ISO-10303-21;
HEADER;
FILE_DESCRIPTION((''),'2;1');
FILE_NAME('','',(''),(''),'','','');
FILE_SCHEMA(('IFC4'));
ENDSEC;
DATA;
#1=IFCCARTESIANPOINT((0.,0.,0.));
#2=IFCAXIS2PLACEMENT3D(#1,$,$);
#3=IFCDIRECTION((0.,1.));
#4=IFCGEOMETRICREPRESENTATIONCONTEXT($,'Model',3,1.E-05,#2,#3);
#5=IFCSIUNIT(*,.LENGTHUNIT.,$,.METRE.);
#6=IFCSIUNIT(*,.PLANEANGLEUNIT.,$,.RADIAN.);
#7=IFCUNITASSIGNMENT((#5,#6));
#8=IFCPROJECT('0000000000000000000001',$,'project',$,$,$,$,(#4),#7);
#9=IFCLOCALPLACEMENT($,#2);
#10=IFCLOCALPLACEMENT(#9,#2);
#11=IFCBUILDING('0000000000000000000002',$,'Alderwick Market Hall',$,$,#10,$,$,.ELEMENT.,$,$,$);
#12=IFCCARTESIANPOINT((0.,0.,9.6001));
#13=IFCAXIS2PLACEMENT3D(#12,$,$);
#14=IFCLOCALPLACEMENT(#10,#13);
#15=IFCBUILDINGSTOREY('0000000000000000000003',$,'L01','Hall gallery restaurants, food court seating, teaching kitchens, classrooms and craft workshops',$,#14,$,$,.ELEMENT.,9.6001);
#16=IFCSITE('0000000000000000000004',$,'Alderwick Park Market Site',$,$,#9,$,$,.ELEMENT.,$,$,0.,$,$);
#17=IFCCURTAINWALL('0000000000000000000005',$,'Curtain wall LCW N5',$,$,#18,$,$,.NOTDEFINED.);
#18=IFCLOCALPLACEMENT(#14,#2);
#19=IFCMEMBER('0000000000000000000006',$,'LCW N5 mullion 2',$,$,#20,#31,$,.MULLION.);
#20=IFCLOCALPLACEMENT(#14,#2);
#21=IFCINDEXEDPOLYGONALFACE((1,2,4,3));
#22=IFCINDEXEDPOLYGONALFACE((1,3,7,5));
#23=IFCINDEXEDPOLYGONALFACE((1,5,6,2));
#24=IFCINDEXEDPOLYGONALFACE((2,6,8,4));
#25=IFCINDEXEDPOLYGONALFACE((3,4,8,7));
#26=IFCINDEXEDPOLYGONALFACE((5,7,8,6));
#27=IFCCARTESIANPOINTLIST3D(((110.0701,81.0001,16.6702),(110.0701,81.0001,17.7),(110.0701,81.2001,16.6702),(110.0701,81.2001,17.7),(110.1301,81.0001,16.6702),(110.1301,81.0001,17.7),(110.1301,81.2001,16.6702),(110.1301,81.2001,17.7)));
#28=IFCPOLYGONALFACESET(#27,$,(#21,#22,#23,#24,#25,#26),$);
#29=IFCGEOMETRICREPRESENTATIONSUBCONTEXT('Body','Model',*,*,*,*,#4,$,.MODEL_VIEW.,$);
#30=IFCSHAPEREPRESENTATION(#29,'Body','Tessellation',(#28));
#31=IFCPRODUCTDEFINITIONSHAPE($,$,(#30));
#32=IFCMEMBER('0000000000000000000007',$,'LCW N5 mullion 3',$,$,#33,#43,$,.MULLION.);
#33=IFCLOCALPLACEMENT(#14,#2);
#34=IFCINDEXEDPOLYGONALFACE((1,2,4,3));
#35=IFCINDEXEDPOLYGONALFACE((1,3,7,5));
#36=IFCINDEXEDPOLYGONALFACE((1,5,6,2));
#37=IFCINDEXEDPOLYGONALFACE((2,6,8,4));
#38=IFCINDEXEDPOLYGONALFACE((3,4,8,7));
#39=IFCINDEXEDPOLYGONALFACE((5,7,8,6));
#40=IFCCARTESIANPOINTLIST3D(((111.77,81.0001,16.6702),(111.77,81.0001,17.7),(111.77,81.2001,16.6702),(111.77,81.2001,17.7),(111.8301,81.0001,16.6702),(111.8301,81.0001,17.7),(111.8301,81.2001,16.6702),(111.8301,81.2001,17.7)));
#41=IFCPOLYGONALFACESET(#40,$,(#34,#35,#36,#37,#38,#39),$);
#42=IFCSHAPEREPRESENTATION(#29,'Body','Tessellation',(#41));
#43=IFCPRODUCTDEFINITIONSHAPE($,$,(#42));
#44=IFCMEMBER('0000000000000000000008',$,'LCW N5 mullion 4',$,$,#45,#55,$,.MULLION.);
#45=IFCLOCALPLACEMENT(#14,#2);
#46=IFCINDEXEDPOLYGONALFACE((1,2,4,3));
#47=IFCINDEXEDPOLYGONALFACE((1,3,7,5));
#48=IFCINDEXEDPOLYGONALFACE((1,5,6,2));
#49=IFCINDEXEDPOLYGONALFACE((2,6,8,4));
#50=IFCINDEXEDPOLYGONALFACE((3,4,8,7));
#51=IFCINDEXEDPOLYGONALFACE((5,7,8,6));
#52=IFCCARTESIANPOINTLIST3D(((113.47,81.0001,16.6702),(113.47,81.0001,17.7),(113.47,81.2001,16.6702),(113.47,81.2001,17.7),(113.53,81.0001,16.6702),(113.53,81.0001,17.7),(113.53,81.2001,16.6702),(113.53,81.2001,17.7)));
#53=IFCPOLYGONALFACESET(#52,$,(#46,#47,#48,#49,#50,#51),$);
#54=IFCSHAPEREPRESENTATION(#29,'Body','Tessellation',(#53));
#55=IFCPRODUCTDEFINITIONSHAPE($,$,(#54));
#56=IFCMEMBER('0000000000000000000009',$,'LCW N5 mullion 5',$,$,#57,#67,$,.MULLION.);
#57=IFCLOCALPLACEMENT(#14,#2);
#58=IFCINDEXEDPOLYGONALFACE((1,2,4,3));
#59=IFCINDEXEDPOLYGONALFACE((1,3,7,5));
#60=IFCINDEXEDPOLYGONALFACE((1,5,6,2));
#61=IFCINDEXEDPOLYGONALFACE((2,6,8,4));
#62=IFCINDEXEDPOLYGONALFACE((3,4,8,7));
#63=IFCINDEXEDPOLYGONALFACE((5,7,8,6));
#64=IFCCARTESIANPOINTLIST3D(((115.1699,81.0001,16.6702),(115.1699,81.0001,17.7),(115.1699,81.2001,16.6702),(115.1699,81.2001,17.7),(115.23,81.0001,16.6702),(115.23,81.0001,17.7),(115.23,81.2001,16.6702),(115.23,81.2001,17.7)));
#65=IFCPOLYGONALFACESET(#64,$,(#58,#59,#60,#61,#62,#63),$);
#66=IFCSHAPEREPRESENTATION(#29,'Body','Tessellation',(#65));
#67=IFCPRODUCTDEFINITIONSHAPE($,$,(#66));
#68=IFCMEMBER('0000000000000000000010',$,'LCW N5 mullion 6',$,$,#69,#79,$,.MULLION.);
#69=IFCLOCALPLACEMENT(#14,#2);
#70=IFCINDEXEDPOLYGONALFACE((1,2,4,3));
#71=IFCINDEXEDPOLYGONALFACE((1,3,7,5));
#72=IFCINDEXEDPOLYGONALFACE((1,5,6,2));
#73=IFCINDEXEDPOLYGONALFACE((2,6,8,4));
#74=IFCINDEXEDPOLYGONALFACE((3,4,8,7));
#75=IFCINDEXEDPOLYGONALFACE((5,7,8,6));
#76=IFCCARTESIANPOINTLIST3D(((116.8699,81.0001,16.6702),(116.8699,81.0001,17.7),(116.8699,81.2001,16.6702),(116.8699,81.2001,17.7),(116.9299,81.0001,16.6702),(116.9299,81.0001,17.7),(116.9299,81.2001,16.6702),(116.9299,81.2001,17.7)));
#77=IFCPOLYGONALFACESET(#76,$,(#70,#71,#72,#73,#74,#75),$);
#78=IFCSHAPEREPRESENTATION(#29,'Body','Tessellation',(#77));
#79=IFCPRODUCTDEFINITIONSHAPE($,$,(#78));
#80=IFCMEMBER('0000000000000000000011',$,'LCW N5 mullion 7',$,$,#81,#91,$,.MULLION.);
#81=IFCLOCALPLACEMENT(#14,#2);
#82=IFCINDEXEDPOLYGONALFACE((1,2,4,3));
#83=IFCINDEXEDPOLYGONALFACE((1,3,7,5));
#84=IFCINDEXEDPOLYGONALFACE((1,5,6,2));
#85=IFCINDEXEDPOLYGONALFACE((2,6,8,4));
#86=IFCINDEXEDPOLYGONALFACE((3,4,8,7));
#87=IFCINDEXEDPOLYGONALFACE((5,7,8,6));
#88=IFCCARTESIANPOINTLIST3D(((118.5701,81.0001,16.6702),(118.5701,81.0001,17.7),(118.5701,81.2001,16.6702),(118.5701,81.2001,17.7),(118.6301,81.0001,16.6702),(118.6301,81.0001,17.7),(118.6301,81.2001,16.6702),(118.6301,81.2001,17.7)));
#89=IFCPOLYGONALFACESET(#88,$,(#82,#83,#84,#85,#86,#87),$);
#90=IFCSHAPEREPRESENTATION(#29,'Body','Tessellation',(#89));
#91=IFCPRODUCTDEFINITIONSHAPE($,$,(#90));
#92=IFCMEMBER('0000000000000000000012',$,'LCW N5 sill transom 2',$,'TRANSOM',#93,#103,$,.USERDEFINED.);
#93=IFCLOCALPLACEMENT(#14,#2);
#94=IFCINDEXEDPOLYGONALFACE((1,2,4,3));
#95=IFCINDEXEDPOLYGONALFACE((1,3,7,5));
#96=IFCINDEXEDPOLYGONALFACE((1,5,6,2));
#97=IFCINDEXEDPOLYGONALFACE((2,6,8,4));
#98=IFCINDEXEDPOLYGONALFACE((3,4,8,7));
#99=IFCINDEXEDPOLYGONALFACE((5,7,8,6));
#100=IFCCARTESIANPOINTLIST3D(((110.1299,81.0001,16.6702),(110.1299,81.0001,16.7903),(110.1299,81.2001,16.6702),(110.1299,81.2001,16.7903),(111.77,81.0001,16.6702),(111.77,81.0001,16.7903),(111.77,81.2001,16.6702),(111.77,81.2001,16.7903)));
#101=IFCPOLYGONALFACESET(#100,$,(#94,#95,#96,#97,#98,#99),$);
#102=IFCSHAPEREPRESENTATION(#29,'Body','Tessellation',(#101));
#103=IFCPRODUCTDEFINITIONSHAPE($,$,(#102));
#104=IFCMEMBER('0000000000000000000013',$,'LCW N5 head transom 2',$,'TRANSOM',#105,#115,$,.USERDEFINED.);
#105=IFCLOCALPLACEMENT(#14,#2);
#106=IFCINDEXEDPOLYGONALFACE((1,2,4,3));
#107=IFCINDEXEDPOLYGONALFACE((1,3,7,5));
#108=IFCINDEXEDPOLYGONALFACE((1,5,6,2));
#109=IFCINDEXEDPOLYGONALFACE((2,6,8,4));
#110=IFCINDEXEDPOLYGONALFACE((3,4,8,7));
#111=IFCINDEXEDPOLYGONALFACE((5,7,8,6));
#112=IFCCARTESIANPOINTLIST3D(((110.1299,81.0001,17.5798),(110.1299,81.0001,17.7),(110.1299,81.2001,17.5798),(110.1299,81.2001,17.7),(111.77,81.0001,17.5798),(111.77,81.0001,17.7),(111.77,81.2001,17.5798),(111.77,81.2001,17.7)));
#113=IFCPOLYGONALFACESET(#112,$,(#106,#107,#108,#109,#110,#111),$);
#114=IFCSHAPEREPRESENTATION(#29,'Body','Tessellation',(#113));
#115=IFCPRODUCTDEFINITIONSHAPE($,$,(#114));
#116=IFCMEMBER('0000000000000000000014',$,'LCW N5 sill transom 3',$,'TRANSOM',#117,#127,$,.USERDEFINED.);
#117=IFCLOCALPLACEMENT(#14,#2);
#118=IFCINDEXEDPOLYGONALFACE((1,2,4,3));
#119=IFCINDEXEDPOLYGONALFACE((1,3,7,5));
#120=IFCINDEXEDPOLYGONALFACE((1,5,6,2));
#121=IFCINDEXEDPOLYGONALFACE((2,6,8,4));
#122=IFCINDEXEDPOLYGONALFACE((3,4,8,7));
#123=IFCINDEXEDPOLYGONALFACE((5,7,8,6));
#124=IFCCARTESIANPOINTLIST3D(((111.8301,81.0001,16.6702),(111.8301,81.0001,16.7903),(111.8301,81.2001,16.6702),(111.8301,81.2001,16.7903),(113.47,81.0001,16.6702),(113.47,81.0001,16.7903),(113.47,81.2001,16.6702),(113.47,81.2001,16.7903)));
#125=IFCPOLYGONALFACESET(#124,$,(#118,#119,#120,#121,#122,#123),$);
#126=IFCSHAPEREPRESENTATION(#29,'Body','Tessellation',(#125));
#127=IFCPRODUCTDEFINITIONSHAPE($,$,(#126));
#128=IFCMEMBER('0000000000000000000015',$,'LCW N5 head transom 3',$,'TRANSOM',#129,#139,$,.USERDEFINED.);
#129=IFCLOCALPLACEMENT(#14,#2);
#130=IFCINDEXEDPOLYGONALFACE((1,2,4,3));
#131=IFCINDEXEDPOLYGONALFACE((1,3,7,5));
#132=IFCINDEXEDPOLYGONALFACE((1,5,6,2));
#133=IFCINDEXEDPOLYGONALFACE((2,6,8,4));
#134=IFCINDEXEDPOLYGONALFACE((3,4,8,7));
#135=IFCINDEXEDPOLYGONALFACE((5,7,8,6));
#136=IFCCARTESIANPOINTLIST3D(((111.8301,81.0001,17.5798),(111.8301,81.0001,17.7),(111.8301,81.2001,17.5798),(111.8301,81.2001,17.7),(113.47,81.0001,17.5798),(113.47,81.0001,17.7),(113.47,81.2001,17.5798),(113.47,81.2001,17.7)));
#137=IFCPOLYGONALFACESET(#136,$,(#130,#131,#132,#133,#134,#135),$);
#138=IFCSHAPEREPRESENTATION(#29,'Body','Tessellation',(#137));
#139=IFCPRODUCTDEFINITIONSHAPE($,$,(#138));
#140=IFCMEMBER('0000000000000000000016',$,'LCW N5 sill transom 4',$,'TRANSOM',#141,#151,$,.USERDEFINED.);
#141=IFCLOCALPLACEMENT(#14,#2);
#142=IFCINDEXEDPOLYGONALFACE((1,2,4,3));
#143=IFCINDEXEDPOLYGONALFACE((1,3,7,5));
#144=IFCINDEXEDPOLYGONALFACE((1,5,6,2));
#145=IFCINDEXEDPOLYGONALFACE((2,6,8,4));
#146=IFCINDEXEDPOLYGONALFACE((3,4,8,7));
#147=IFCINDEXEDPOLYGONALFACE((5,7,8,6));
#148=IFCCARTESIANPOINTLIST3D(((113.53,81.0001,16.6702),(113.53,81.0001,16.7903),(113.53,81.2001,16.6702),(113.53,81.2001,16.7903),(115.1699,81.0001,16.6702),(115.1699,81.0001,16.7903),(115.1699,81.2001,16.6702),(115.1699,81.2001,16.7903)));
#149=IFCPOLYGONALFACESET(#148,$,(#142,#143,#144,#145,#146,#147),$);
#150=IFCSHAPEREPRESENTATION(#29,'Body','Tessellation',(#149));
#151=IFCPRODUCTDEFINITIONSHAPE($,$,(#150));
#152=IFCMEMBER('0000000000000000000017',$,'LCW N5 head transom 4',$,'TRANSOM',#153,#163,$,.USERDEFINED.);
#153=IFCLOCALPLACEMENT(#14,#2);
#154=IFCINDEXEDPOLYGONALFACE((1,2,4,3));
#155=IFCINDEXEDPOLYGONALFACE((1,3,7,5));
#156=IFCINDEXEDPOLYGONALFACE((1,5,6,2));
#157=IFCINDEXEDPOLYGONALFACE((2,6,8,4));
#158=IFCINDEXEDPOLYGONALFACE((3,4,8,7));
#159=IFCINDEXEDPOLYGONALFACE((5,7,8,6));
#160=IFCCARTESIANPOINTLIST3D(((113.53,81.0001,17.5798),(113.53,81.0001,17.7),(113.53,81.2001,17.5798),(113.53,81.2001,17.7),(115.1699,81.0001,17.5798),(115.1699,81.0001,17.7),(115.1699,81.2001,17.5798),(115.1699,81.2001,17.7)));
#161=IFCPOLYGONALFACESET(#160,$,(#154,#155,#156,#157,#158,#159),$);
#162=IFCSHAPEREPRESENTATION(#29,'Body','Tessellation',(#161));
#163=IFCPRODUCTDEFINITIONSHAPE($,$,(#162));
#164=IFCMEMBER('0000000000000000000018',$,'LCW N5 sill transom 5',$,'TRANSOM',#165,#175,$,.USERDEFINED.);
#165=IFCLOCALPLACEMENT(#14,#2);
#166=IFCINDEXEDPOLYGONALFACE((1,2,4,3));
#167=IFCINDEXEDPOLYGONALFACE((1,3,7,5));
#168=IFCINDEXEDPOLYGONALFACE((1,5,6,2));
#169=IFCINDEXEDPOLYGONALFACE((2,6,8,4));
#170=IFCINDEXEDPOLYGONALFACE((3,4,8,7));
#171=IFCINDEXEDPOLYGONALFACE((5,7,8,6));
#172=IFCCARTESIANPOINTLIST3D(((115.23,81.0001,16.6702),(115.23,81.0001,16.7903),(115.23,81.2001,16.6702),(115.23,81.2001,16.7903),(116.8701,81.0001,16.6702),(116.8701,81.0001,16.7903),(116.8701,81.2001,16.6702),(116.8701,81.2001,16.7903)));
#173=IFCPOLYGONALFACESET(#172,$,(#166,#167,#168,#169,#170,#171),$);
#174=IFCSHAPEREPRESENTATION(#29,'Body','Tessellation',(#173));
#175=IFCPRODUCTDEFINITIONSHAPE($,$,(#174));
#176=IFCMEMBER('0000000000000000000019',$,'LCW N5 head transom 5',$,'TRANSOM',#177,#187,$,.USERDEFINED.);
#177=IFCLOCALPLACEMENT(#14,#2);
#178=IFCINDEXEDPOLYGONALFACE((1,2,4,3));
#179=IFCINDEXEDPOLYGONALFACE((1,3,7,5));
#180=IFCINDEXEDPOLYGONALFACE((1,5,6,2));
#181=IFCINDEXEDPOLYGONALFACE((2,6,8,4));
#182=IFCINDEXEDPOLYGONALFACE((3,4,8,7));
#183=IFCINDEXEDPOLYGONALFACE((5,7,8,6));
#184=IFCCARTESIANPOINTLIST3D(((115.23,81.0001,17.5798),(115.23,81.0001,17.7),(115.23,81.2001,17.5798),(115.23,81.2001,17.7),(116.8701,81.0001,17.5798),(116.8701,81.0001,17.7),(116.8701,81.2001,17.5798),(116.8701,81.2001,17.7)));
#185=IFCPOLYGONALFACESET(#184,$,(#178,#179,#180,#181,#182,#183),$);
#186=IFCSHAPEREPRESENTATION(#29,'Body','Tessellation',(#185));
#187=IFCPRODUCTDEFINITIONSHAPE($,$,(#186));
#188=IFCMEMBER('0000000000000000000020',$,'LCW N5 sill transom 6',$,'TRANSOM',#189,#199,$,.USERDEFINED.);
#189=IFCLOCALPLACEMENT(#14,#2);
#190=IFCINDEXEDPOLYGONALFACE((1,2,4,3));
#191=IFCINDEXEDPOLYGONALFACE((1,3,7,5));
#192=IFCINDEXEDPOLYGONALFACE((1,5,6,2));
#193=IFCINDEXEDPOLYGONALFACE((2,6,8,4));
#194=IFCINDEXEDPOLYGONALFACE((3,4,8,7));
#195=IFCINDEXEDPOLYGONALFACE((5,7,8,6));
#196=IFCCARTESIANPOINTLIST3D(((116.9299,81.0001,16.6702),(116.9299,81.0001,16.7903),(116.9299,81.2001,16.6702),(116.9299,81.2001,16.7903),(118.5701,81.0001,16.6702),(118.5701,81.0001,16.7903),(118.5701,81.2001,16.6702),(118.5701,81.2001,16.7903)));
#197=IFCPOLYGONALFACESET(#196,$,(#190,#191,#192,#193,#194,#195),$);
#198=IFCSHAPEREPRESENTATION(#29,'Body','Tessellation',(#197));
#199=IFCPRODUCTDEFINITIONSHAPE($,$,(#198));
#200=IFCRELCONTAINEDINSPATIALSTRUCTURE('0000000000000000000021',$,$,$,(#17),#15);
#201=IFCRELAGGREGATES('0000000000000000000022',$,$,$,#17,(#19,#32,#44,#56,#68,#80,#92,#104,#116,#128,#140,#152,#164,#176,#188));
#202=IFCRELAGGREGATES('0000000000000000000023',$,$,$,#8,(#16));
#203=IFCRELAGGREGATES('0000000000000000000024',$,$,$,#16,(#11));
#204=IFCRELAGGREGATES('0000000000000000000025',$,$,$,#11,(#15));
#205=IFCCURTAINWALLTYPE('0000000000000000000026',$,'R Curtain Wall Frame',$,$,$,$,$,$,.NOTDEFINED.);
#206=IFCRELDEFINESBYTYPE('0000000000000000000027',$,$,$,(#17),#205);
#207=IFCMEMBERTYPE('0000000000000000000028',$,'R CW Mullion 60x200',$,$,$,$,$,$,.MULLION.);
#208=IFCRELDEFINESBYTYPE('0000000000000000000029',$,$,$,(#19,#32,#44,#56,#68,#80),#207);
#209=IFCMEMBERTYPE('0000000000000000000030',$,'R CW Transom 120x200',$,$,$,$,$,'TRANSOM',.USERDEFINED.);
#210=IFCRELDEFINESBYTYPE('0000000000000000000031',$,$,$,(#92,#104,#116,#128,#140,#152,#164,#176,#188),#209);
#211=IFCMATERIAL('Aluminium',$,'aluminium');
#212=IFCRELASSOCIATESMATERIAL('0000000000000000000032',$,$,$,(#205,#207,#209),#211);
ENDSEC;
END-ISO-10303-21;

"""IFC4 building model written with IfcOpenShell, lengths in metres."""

from ifc_helpers import new_model, si_unit, direction, frame, origin, origin_2d, place, context, subcontext, project, spatial, rectangle, extrude, material, material_profile, profile_set, type_object, element, aggregate, save


model = new_model("IFC4")

# Units and contexts
model_context = context("Model", 3, precision=1e-05, world=origin(), true_north=direction((0.0, 1.0)))
body_context = subcontext(model_context, "Body", "Model", "MODEL_VIEW")
ifc_project = project(units=[si_unit("LENGTHUNIT", "METRE"), si_unit("PLANEANGLEUNIT", "RADIAN")], contexts=[model_context])

# Site, building, storey
site_placement = place(None, origin())
site = spatial("IfcSite", under=ifc_project, at=site_placement, Name="Alderwick Park Market Site", CompositionType="ELEMENT", RefElevation=0.0)
building_placement = place(site_placement, origin())
building = spatial("IfcBuilding", under=site, at=building_placement, Name="Alderwick Market Hall", CompositionType="ELEMENT")
storey_placement = place(building_placement, frame((0.0, 0.0, 9.6001)))
storey = spatial("IfcBuildingStorey", under=building, at=storey_placement, Name="L01", Description="Hall gallery restaurants, food court seating, teaching kitchens, classrooms and craft workshops", CompositionType="ELEMENT", Elevation=9.6001)

# Curtain wall, members
ifc_material_1 = material(Name="Aluminium", Category="aluminium")
curtain_wall_type = type_object("IfcCurtainWallType", Name="R Curtain Wall Frame", PredefinedType="NOTDEFINED", material=ifc_material_1)
curtain_wall_placement = place(storey_placement, origin())
curtain_wall = element("IfcCurtainWall", 1, at=curtain_wall_placement, inside=storey, type_object=curtain_wall_type, Name="Curtain wall LCW N5", PredefinedType="NOTDEFINED")
ifc_material_profile_1 = material_profile(ifc_material_1, rectangle(XDim=0.2, YDim=0.0601, at=origin_2d()), Name="AL 60x200")
ifc_profile_set_1 = profile_set([ifc_material_profile_1], Name="Aluminium")
member_type_1 = type_object("IfcMemberType", Name="R CW Mullion 60x200", PredefinedType="MULLION", material=ifc_profile_set_1)
member_1_placement = place(storey_placement, frame((110.1001, 81.1001, 16.6702), z_axis=(0.0, 0.0, 1.0), x_axis=(0.0, 1.0, 0.0)))
member_1 = element("IfcMember", 2, at=member_1_placement, type_object=member_type_1, Name="LCW N5 mullion 2", PredefinedType="MULLION", context=body_context, shape_type="SweptSolid", body=[
    extrude(rectangle(XDim=0.2, YDim=0.0601, at=origin_2d()), origin(), (0.0, 0.0, 1.0), 1.0298),
])
member_2_placement = place(storey_placement, frame((111.8, 81.1001, 16.6702), z_axis=(0.0, 0.0, 1.0), x_axis=(0.0, 1.0, 0.0)))
member_2 = element("IfcMember", 3, at=member_2_placement, type_object=member_type_1, Name="LCW N5 mullion 3", PredefinedType="MULLION", context=body_context, shape_type="SweptSolid", body=[
    extrude(rectangle(XDim=0.2, YDim=0.0601, at=origin_2d()), origin(), (0.0, 0.0, 1.0), 1.0298),
])
member_3_placement = place(storey_placement, frame((113.5, 81.1001, 16.6702), z_axis=(0.0, 0.0, 1.0), x_axis=(0.0, 1.0, 0.0)))
member_3 = element("IfcMember", 4, at=member_3_placement, type_object=member_type_1, Name="LCW N5 mullion 4", PredefinedType="MULLION", context=body_context, shape_type="SweptSolid", body=[
    extrude(rectangle(XDim=0.2, YDim=0.0601, at=origin_2d()), origin(), (0.0, 0.0, 1.0), 1.0298),
])
member_4_placement = place(storey_placement, frame((115.2, 81.1001, 16.6702), z_axis=(0.0, 0.0, 1.0), x_axis=(0.0, 1.0, 0.0)))
member_4 = element("IfcMember", 5, at=member_4_placement, type_object=member_type_1, Name="LCW N5 mullion 5", PredefinedType="MULLION", context=body_context, shape_type="SweptSolid", body=[
    extrude(rectangle(XDim=0.2, YDim=0.0601, at=origin_2d()), origin(), (0.0, 0.0, 1.0), 1.0298),
])
member_5_placement = place(storey_placement, frame((116.8999, 81.1001, 16.6702), z_axis=(0.0, 0.0, 1.0), x_axis=(0.0, 1.0, 0.0)))
member_5 = element("IfcMember", 6, at=member_5_placement, type_object=member_type_1, Name="LCW N5 mullion 6", PredefinedType="MULLION", context=body_context, shape_type="SweptSolid", body=[
    extrude(rectangle(XDim=0.2, YDim=0.0601, at=origin_2d()), origin(), (0.0, 0.0, 1.0), 1.0298),
])
member_6_placement = place(storey_placement, frame((118.6001, 81.1001, 16.6702), z_axis=(0.0, 0.0, 1.0), x_axis=(0.0, 1.0, 0.0)))
member_6 = element("IfcMember", 7, at=member_6_placement, type_object=member_type_1, Name="LCW N5 mullion 7", PredefinedType="MULLION", context=body_context, shape_type="SweptSolid", body=[
    extrude(rectangle(XDim=0.2, YDim=0.0601, at=origin_2d()), origin(), (0.0, 0.0, 1.0), 1.0298),
])
ifc_material_profile_2 = material_profile(ifc_material_1, rectangle(XDim=0.2, YDim=0.1201, at=origin_2d()), Name="AL 120x200")
ifc_profile_set_2 = profile_set([ifc_material_profile_2], Name="Aluminium")
member_type_2 = type_object("IfcMemberType", Name="R CW Transom 120x200", ElementType="TRANSOM", PredefinedType="USERDEFINED", material=ifc_profile_set_2)
member_7_placement = place(storey_placement, frame((110.1299, 81.1001, 16.7302), z_axis=(1.0, 0.0, 0.0), x_axis=(0.0, 1.0, 0.0)))
member_7 = element("IfcMember", 8, at=member_7_placement, type_object=member_type_2, Name="LCW N5 sill transom 2", ObjectType="TRANSOM", PredefinedType="USERDEFINED", context=body_context, shape_type="SweptSolid", body=[
    extrude(rectangle(XDim=0.2, YDim=0.1201, at=origin_2d()), origin(), (0.0, 0.0, 1.0), 1.6401),
])
member_8_placement = place(storey_placement, frame((110.1299, 81.1001, 17.6399), z_axis=(1.0, 0.0, 0.0), x_axis=(0.0, 1.0, 0.0)))
member_8 = element("IfcMember", 9, at=member_8_placement, type_object=member_type_2, Name="LCW N5 head transom 2", ObjectType="TRANSOM", PredefinedType="USERDEFINED", context=body_context, shape_type="SweptSolid", body=[
    extrude(rectangle(XDim=0.2, YDim=0.1201, at=origin_2d()), origin(), (0.0, 0.0, 1.0), 1.6401),
])
member_9_placement = place(storey_placement, frame((111.8301, 81.1001, 16.7302), z_axis=(1.0, 0.0, 0.0), x_axis=(0.0, 1.0, 0.0)))
member_9 = element("IfcMember", 10, at=member_9_placement, type_object=member_type_2, Name="LCW N5 sill transom 3", ObjectType="TRANSOM", PredefinedType="USERDEFINED", context=body_context, shape_type="SweptSolid", body=[
    extrude(rectangle(XDim=0.2, YDim=0.1201, at=origin_2d()), origin(), (0.0, 0.0, 1.0), 1.6399),
])
member_10_placement = place(storey_placement, frame((111.8301, 81.1001, 17.6399), z_axis=(1.0, 0.0, 0.0), x_axis=(0.0, 1.0, 0.0)))
member_10 = element("IfcMember", 11, at=member_10_placement, type_object=member_type_2, Name="LCW N5 head transom 3", ObjectType="TRANSOM", PredefinedType="USERDEFINED", context=body_context, shape_type="SweptSolid", body=[
    extrude(rectangle(XDim=0.2, YDim=0.1201, at=origin_2d()), origin(), (0.0, 0.0, 1.0), 1.6399),
])
member_11_placement = place(storey_placement, frame((113.53, 81.1001, 16.7302), z_axis=(1.0, 0.0, 0.0), x_axis=(0.0, 1.0, 0.0)))
member_11 = element("IfcMember", 12, at=member_11_placement, type_object=member_type_2, Name="LCW N5 sill transom 4", ObjectType="TRANSOM", PredefinedType="USERDEFINED", context=body_context, shape_type="SweptSolid", body=[
    extrude(rectangle(XDim=0.2, YDim=0.1201, at=origin_2d()), origin(), (0.0, 0.0, 1.0), 1.6399),
])
member_12_placement = place(storey_placement, frame((113.53, 81.1001, 17.6399), z_axis=(1.0, 0.0, 0.0), x_axis=(0.0, 1.0, 0.0)))
member_12 = element("IfcMember", 13, at=member_12_placement, type_object=member_type_2, Name="LCW N5 head transom 4", ObjectType="TRANSOM", PredefinedType="USERDEFINED", context=body_context, shape_type="SweptSolid", body=[
    extrude(rectangle(XDim=0.2, YDim=0.1201, at=origin_2d()), origin(), (0.0, 0.0, 1.0), 1.6399),
])
member_13_placement = place(storey_placement, frame((115.23, 81.1001, 16.7302), z_axis=(1.0, 0.0, 0.0), x_axis=(0.0, 1.0, 0.0)))
member_13 = element("IfcMember", 14, at=member_13_placement, type_object=member_type_2, Name="LCW N5 sill transom 5", ObjectType="TRANSOM", PredefinedType="USERDEFINED", context=body_context, shape_type="SweptSolid", body=[
    extrude(rectangle(XDim=0.2, YDim=0.1201, at=origin_2d()), origin(), (0.0, 0.0, 1.0), 1.6401),
])
member_14_placement = place(storey_placement, frame((115.23, 81.1001, 17.6399), z_axis=(1.0, 0.0, 0.0), x_axis=(0.0, 1.0, 0.0)))
member_14 = element("IfcMember", 15, at=member_14_placement, type_object=member_type_2, Name="LCW N5 head transom 5", ObjectType="TRANSOM", PredefinedType="USERDEFINED", context=body_context, shape_type="SweptSolid", body=[
    extrude(rectangle(XDim=0.2, YDim=0.1201, at=origin_2d()), origin(), (0.0, 0.0, 1.0), 1.6401),
])
member_15_placement = place(storey_placement, frame((116.9299, 81.1001, 16.7302), z_axis=(1.0, 0.0, 0.0), x_axis=(0.0, 1.0, 0.0)))
member_15 = element("IfcMember", 16, at=member_15_placement, type_object=member_type_2, Name="LCW N5 sill transom 6", ObjectType="TRANSOM", PredefinedType="USERDEFINED", context=body_context, shape_type="SweptSolid", body=[
    extrude(rectangle(XDim=0.2, YDim=0.1201, at=origin_2d()), origin(), (0.0, 0.0, 1.0), 1.6401),
])
aggregate(curtain_wall, [member_1, member_2, member_3, member_4, member_5, member_6, member_7, member_8, member_9, member_10, member_11, member_12, member_13, member_14, member_15])

save(model, "model.ifc")
